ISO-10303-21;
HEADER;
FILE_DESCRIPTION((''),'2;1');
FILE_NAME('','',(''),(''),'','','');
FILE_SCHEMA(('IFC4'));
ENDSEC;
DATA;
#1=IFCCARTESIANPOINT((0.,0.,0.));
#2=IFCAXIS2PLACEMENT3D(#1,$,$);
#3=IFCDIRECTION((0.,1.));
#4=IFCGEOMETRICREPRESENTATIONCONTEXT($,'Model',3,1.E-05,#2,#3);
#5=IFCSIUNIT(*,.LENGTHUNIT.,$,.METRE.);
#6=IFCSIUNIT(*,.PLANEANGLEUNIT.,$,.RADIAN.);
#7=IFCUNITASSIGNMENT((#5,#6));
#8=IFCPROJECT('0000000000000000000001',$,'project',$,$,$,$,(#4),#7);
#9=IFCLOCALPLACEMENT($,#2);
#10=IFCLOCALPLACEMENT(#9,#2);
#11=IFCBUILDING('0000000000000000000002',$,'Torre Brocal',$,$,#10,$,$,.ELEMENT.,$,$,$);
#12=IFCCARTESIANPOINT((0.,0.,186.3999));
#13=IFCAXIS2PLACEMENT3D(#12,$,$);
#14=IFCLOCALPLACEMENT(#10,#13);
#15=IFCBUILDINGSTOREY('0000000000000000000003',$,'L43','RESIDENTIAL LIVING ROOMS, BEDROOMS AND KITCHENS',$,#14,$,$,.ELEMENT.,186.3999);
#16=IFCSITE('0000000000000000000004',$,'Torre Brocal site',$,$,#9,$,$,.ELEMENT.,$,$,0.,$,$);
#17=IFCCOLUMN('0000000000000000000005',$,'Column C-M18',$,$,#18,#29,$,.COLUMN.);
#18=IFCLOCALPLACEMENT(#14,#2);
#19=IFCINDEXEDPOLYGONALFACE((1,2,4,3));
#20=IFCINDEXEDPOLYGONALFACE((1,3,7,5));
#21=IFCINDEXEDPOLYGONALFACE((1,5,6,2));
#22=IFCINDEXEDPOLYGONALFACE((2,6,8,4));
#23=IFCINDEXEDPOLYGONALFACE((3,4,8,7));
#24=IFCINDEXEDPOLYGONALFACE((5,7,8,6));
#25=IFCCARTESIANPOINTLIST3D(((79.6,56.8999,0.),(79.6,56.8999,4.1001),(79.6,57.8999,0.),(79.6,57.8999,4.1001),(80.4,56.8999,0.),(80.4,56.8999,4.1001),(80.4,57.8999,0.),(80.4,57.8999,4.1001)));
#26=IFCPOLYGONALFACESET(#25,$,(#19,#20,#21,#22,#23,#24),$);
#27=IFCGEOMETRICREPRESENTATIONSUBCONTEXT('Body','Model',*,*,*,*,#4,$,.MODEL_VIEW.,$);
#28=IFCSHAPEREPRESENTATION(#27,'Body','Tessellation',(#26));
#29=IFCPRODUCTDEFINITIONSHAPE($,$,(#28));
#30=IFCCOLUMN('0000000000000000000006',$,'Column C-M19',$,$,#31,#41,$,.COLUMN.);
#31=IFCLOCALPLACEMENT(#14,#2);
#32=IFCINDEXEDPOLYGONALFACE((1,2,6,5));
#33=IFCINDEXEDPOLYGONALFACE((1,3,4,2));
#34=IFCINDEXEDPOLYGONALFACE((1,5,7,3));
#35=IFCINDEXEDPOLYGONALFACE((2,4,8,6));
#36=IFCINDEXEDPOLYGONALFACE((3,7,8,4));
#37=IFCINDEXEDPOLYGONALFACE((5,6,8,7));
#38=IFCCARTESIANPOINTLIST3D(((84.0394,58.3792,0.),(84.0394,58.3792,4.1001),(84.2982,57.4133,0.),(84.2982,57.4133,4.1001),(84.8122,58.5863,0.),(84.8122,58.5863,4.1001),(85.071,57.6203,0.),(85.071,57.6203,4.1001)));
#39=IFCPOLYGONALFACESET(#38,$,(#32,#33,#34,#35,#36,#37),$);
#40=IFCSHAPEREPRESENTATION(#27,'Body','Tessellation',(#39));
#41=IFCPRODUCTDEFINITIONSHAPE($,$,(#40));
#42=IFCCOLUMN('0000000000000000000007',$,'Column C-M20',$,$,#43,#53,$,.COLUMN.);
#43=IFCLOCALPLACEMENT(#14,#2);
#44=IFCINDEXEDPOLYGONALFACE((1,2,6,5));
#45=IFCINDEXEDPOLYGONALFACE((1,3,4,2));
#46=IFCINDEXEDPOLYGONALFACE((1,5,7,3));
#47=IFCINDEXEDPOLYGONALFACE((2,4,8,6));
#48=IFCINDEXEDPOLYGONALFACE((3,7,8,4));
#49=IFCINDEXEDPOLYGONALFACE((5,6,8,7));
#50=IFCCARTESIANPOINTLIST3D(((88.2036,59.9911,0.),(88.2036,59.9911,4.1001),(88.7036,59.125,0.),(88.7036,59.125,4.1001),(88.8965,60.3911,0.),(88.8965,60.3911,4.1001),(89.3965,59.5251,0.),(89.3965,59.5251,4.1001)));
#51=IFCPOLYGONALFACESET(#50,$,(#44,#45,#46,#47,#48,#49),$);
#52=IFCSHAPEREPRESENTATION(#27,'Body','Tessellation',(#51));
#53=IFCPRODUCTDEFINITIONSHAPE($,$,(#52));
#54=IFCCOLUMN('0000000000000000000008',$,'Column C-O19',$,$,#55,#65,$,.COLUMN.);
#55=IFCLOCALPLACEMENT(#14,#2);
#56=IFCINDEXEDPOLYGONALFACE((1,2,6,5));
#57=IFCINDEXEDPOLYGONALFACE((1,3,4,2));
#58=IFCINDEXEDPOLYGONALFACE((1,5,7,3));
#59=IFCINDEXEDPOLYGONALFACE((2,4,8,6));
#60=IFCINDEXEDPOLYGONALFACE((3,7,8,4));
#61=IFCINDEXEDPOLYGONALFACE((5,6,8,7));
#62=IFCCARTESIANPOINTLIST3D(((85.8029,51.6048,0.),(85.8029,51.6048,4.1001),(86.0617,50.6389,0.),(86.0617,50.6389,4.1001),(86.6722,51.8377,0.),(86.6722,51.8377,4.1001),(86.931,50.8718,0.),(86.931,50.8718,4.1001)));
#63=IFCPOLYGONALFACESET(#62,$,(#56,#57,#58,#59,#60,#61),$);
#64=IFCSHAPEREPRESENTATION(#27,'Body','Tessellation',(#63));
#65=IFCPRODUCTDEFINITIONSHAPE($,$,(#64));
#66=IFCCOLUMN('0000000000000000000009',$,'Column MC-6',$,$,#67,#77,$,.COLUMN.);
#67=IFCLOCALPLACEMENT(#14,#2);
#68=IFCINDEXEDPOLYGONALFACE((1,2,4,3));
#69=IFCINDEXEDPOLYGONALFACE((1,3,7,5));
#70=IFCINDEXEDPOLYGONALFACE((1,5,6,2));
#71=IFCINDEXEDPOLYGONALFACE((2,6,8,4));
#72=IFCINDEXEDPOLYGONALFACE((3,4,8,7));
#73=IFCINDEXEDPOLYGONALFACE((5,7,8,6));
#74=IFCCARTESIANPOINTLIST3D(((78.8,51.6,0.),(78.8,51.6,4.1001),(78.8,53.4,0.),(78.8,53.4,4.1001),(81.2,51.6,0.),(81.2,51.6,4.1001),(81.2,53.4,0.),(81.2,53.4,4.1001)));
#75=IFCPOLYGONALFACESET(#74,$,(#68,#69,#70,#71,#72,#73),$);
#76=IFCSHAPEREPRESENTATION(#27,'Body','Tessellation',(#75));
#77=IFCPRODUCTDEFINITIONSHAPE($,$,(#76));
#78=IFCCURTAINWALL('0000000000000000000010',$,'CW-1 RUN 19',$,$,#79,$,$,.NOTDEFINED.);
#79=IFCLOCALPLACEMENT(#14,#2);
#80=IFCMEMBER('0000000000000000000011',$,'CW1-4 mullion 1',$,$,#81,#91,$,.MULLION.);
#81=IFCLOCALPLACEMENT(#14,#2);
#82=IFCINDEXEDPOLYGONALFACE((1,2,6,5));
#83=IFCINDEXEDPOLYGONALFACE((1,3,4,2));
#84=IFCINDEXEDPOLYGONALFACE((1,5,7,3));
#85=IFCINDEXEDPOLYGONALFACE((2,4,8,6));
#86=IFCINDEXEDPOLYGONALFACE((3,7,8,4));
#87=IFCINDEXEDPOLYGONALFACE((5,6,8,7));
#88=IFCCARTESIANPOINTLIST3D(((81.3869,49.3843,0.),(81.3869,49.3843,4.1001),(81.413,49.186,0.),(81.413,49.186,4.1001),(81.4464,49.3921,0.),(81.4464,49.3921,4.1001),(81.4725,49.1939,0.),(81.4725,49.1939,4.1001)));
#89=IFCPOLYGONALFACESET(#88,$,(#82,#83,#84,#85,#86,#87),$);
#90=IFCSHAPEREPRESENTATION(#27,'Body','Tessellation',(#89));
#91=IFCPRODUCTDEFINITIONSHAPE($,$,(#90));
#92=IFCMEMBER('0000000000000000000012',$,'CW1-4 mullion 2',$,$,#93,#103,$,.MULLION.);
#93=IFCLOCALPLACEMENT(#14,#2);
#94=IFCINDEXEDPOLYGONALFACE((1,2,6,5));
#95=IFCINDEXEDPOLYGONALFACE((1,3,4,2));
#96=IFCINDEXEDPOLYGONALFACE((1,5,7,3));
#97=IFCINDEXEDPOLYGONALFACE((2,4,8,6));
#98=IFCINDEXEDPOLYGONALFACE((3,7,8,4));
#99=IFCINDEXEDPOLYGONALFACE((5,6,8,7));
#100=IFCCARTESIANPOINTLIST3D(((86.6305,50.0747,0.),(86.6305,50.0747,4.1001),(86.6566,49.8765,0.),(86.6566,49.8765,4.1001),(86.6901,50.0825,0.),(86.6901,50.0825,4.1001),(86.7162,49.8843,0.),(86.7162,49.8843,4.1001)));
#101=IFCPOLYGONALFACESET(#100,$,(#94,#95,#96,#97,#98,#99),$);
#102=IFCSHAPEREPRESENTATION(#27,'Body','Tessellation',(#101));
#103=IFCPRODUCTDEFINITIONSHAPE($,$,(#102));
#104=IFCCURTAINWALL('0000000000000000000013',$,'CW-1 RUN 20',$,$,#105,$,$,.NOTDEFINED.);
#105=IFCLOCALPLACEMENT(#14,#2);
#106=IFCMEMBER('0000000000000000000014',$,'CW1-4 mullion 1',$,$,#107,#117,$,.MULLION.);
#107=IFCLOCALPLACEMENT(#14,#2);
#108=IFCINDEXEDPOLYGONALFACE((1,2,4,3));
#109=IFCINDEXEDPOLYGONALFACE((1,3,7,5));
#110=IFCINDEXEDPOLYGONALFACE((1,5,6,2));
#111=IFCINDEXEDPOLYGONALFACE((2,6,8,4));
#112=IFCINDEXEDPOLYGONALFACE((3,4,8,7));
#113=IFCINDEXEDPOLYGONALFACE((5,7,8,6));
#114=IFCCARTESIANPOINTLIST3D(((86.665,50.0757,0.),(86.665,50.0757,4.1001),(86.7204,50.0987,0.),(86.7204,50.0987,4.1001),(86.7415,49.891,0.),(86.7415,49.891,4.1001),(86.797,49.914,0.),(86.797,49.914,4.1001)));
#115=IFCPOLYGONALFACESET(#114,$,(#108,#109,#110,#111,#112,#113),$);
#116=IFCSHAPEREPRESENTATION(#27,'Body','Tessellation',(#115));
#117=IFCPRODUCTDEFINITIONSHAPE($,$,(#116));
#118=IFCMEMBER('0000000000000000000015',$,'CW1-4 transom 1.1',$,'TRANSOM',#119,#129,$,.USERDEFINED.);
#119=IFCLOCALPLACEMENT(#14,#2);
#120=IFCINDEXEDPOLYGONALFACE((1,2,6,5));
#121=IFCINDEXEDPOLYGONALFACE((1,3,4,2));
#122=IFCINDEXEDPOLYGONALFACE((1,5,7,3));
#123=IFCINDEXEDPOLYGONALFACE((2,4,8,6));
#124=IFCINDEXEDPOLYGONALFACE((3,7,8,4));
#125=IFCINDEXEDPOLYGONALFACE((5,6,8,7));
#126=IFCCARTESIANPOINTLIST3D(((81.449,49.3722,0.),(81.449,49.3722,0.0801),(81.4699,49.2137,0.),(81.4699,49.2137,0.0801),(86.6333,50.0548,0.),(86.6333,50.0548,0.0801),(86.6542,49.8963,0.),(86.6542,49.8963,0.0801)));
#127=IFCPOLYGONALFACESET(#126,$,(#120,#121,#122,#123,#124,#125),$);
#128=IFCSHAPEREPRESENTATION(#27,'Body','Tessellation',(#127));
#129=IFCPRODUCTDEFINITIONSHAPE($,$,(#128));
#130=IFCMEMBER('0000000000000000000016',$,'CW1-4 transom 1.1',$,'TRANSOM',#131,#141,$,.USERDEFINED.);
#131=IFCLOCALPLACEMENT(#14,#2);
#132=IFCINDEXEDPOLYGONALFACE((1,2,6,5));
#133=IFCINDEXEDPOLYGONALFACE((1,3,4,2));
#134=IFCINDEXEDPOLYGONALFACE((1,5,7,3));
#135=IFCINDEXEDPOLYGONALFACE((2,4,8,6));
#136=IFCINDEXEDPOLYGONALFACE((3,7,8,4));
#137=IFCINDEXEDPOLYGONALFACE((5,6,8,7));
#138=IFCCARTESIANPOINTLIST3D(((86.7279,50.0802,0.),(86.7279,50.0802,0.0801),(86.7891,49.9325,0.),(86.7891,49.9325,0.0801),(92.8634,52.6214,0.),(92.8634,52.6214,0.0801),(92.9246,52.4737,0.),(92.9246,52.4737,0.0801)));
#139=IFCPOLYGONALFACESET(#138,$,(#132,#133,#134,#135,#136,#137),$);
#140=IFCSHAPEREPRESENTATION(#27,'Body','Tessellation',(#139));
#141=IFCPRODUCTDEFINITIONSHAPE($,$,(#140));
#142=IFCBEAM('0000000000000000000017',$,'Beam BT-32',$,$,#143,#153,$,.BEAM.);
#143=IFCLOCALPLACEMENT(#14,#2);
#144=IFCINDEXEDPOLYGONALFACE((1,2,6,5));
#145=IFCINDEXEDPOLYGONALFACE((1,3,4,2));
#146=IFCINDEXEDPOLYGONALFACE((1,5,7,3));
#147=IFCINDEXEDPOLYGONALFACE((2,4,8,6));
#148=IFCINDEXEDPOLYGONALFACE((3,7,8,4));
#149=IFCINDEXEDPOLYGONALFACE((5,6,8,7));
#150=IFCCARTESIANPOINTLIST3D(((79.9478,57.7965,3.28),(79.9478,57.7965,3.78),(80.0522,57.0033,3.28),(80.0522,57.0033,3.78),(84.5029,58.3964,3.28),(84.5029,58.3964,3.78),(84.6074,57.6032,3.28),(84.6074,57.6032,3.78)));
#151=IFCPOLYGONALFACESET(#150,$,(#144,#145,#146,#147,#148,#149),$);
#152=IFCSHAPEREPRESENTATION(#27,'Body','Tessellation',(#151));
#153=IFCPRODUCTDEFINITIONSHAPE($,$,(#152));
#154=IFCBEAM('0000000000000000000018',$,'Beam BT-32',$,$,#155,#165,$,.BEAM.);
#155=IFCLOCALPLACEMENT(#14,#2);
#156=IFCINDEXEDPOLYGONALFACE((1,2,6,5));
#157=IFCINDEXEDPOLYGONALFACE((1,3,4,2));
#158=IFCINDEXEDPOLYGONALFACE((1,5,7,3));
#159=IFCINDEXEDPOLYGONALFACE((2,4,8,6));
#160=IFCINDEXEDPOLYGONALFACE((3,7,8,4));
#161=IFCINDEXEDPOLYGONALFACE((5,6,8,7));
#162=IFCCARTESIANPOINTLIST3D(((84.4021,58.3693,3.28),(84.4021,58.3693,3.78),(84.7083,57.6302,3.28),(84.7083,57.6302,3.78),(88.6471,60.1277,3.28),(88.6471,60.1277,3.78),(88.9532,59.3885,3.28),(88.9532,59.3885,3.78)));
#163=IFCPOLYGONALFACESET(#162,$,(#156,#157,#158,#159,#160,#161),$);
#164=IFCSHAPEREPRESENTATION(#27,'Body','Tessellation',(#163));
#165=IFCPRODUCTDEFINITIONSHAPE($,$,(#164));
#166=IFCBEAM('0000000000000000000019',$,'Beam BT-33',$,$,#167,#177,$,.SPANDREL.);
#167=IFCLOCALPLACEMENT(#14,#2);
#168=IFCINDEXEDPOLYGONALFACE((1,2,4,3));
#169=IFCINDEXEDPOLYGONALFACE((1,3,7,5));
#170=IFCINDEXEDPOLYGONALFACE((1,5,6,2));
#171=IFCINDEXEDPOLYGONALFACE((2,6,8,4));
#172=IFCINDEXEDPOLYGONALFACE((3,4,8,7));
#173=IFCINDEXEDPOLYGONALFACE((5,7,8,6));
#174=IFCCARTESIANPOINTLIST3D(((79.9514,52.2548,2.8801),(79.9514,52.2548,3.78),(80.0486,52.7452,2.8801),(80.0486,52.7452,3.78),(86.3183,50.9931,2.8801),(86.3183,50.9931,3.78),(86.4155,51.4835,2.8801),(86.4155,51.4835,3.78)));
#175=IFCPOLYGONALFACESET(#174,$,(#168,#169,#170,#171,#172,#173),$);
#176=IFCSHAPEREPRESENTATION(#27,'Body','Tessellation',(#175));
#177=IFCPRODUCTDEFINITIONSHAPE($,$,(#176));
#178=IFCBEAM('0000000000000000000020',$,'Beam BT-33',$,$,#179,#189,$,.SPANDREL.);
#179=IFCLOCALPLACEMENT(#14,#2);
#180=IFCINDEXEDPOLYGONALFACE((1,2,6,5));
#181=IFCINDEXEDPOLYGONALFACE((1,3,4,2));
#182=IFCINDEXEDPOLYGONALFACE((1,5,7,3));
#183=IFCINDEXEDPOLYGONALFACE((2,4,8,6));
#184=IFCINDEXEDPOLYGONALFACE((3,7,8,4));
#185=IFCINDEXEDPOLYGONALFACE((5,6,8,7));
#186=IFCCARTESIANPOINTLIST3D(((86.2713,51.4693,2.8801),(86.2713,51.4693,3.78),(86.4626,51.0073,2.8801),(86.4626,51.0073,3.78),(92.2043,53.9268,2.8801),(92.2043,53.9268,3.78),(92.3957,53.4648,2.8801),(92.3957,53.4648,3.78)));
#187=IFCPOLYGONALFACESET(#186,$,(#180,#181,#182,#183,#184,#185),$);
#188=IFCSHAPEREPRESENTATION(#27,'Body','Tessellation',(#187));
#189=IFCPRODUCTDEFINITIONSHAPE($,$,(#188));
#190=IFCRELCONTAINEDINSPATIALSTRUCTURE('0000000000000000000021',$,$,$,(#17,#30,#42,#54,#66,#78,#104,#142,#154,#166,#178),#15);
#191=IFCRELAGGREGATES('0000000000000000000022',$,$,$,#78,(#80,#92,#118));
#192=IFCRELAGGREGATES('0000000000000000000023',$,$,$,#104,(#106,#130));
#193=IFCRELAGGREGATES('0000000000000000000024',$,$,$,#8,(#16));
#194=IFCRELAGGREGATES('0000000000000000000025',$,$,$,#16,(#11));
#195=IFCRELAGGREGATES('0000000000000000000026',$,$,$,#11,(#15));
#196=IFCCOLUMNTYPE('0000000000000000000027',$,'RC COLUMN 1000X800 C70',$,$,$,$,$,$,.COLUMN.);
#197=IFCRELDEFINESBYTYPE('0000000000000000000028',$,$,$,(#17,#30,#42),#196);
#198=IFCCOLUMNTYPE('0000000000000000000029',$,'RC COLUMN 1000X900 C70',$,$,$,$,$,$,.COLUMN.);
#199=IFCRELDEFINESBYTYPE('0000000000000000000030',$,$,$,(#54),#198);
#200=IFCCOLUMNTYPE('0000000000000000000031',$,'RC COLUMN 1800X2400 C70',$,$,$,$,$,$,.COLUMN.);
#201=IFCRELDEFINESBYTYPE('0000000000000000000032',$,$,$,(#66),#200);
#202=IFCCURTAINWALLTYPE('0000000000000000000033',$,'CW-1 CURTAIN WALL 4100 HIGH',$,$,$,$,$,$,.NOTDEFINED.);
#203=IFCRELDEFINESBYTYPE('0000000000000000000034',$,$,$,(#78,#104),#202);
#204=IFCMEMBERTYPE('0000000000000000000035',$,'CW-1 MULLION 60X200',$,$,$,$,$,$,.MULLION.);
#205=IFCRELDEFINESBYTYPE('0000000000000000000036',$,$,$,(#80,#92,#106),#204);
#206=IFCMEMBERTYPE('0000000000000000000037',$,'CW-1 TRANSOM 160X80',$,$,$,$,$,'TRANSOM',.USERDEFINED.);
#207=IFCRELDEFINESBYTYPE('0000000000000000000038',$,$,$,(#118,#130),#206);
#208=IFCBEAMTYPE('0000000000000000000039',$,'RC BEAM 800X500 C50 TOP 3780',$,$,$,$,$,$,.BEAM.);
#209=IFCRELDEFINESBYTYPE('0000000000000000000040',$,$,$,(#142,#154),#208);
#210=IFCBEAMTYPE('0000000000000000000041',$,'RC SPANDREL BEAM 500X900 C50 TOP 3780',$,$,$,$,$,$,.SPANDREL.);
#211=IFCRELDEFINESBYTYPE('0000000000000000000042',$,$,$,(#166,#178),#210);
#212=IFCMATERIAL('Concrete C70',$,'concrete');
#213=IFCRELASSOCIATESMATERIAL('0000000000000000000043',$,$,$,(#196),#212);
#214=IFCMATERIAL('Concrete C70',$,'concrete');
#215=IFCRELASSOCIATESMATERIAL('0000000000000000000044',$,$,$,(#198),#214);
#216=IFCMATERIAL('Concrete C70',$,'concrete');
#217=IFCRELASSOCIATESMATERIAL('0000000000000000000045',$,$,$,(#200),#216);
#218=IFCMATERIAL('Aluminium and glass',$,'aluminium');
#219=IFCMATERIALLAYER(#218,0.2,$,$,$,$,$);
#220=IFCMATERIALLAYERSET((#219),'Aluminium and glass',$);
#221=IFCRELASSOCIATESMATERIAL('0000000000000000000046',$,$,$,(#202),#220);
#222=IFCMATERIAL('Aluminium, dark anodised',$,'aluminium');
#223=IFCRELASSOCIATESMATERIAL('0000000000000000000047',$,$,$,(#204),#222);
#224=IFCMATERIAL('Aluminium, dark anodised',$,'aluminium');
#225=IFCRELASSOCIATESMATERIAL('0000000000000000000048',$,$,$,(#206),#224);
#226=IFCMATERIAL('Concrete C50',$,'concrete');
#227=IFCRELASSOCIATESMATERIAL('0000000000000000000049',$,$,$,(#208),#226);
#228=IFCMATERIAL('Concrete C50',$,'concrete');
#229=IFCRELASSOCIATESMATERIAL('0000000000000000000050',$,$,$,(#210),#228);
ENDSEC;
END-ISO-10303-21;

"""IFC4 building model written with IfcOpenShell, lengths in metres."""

from ifc_helpers import new_model, si_unit, direction, frame, origin, origin_2d, place, context, subcontext, project, spatial, rectangle, extrude, material, layer, layer_set, material_profile, profile_set, type_object, element, aggregate, save


model = new_model("IFC4")

# Units and contexts
model_context = context("Model", 3, precision=1e-05, world=origin(), true_north=direction((0.0, 1.0)))
body_context = subcontext(model_context, "Body", "Model", "MODEL_VIEW")
ifc_project = project(units=[si_unit("LENGTHUNIT", "METRE"), si_unit("PLANEANGLEUNIT", "RADIAN")], contexts=[model_context])

# Site, building, storey
site_placement = place(None, origin())
site = spatial("IfcSite", under=ifc_project, at=site_placement, Name="Torre Brocal site", CompositionType="ELEMENT", RefElevation=0.0)
building_placement = place(site_placement, origin())
building = spatial("IfcBuilding", under=site, at=building_placement, Name="Torre Brocal", CompositionType="ELEMENT")
storey_placement = place(building_placement, frame((0.0, 0.0, 186.3999)))
storey = spatial("IfcBuildingStorey", under=building, at=storey_placement, Name="L43", Description="RESIDENTIAL LIVING ROOMS, BEDROOMS AND KITCHENS", CompositionType="ELEMENT", Elevation=186.3999)

# Columns
ifc_material_1 = material(Name="Concrete C70", Category="concrete")
ifc_material_profile_1 = material_profile(ifc_material_1, rectangle(XDim=1.0, YDim=0.8, at=origin_2d()), Name="RC 1000X800")
ifc_profile_set_1 = profile_set([ifc_material_profile_1], Name="Concrete C70")
column_type_1 = type_object("IfcColumnType", Name="RC COLUMN 1000X800 C70", PredefinedType="COLUMN", material=ifc_profile_set_1)
for number, where, z_axis, x_axis, name in (
    (1, (80.0, 57.3999, 0.0), (0.0, 0.0, 1.0), (0.0, -1.0, 0.0), "Column C-M18"),
    (2, (84.5552, 57.9998, 0.0), (0.0, 0.0, 1.0), (0.258819, -0.965926, 0.0), "Column C-M19"),
    (3, (88.8, 59.7581, 0.0), (0.0, 0.0, 1.0), (0.5, -0.866025, 0.0), "Column C-M20"),
):
    element("IfcColumn", number, at=place(storey_placement, frame(where, z_axis=z_axis, x_axis=x_axis)), inside=storey, type_object=column_type_1, Name=name, PredefinedType="COLUMN", context=body_context, shape_type="SweptSolid", body=[
        extrude(rectangle(XDim=1.0, YDim=0.8, at=origin_2d()), origin(), (0.0, 0.0, 1.0), 4.1001),
    ])
ifc_material_2 = material(Name="Concrete C70", Category="concrete")
ifc_material_profile_2 = material_profile(ifc_material_2, rectangle(XDim=1.0, YDim=0.8999, at=origin_2d()), Name="RC 1000X900")
ifc_profile_set_2 = profile_set([ifc_material_profile_2], Name="Concrete C70")
column_type_2 = type_object("IfcColumnType", Name="RC COLUMN 1000X900 C70", PredefinedType="COLUMN", material=ifc_profile_set_2)
column_1_placement = place(storey_placement, frame((86.3669, 51.2383, 0.0), z_axis=(0.0, 0.0, 1.0), x_axis=(0.258819, -0.965926, 0.0)))
element("IfcColumn", 4, at=column_1_placement, inside=storey, type_object=column_type_2, Name="Column C-O19", PredefinedType="COLUMN", context=body_context, shape_type="SweptSolid", body=[
    extrude(rectangle(XDim=1.0, YDim=0.8999, at=origin_2d()), origin(), (0.0, 0.0, 1.0), 4.1001),
])
ifc_material_3 = material(Name="Concrete C70", Category="concrete")
ifc_material_profile_3 = material_profile(ifc_material_3, rectangle(XDim=1.8, YDim=2.3999, at=origin_2d()), Name="RC 1800X2400")
ifc_profile_set_3 = profile_set([ifc_material_profile_3], Name="Concrete C70")
column_type_3 = type_object("IfcColumnType", Name="RC COLUMN 1800X2400 C70", PredefinedType="COLUMN", material=ifc_profile_set_3)
column_2_placement = place(storey_placement, frame((80.0, 52.5, 0.0), z_axis=(0.0, 0.0, 1.0), x_axis=(0.0, -1.0, 0.0)))
element("IfcColumn", 5, at=column_2_placement, inside=storey, type_object=column_type_3, Name="Column MC-6", PredefinedType="COLUMN", context=body_context, shape_type="SweptSolid", body=[
    extrude(rectangle(XDim=1.8, YDim=2.3999, at=origin_2d()), origin(), (0.0, 0.0, 1.0), 4.1001),
])

# Curtain wall, members
ifc_material_4 = material(Name="Aluminium and glass", Category="aluminium")
ifc_layer_1 = layer(ifc_material_4, 0.2)
ifc_layer_set_1 = layer_set([ifc_layer_1], Name="Aluminium and glass")
curtain_wall_type = type_object("IfcCurtainWallType", Name="CW-1 CURTAIN WALL 4100 HIGH", PredefinedType="NOTDEFINED", material=ifc_layer_set_1)
curtain_wall_1_placement = place(storey_placement, origin())
curtain_wall_1 = element("IfcCurtainWall", 6, at=curtain_wall_1_placement, inside=storey, type_object=curtain_wall_type, Name="CW-1 RUN 19", PredefinedType="NOTDEFINED")
ifc_material_5 = material(Name="Aluminium, dark anodised", Category="aluminium")
ifc_material_profile_4 = material_profile(ifc_material_5, rectangle(XDim=0.2, YDim=0.0601, at=origin_2d()), Name="CW-1 MULLION 60X200")
ifc_profile_set_4 = profile_set([ifc_material_profile_4], Name="Aluminium, dark anodised")
member_type_1 = type_object("IfcMemberType", Name="CW-1 MULLION 60X200", PredefinedType="MULLION", material=ifc_profile_set_4)
member_1_placement = place(storey_placement, frame((81.4297, 49.2891, 0.0), z_axis=(0.0, 0.0, 1.0), x_axis=(-0.130526, 0.991445, 0.0)))
member_1 = element("IfcMember", 7, at=member_1_placement, type_object=member_type_1, Name="CW1-4 mullion 1", PredefinedType="MULLION", context=body_context, shape_type="SweptSolid", body=[
    extrude(rectangle(XDim=0.2, YDim=0.0601, at=origin_2d()), origin(), (0.0, 0.0, 1.0), 4.1001),
])
member_2_placement = place(storey_placement, frame((86.6733, 49.9795, 0.0), z_axis=(0.0, 0.0, 1.0), x_axis=(-0.130526, 0.991445, 0.0)))
member_2 = element("IfcMember", 8, at=member_2_placement, type_object=member_type_1, Name="CW1-4 mullion 2", PredefinedType="MULLION", context=body_context, shape_type="SweptSolid", body=[
    extrude(rectangle(XDim=0.2, YDim=0.0601, at=origin_2d()), origin(), (0.0, 0.0, 1.0), 4.1001),
])

# Curtain wall, member
curtain_wall_2_placement = place(storey_placement, origin())
curtain_wall_2 = element("IfcCurtainWall", 9, at=curtain_wall_2_placement, inside=storey, type_object=curtain_wall_type, Name="CW-1 RUN 20", PredefinedType="NOTDEFINED")
member_3_placement = place(storey_placement, frame((86.731, 49.9949, 0.0), z_axis=(0.0, 0.0, 1.0), x_axis=(-0.382683, 0.92388, 0.0)))
member_3 = element("IfcMember", 10, at=member_3_placement, type_object=member_type_1, Name="CW1-4 mullion 1", PredefinedType="MULLION", context=body_context, shape_type="SweptSolid", body=[
    extrude(rectangle(XDim=0.2, YDim=0.0601, at=origin_2d()), origin(), (0.0, 0.0, 1.0), 4.1001),
])

# Members
ifc_material_6 = material(Name="Aluminium, dark anodised", Category="aluminium")
ifc_material_profile_5 = material_profile(ifc_material_6, rectangle(XDim=0.1599, YDim=0.0801, at=origin_2d()), Name="CW-1 TRANSOM 160X80")
ifc_profile_set_5 = profile_set([ifc_material_profile_5], Name="Aluminium, dark anodised")
member_type_2 = type_object("IfcMemberType", Name="CW-1 TRANSOM 160X80", ElementType="TRANSOM", PredefinedType="USERDEFINED", material=ifc_profile_set_5)
member_4_placement = place(storey_placement, frame((81.4595, 49.293, 0.04), z_axis=(0.991443, 0.130543, 0.0), x_axis=(-0.130543, 0.991443, 0.0)))
member_4 = element("IfcMember", 11, at=member_4_placement, type_object=member_type_2, Name="CW1-4 transom 1.1", ObjectType="TRANSOM", PredefinedType="USERDEFINED", context=body_context, shape_type="SweptSolid", body=[
    extrude(rectangle(XDim=0.1599, YDim=0.0801, at=origin_2d()), origin(), (0.0, 0.0, 1.0), 5.229),
])
member_5_placement = place(storey_placement, frame((86.7585, 50.0063, 0.04), z_axis=(0.923887, 0.382665, 0.0), x_axis=(-0.382665, 0.923887, 0.0)))
member_5 = element("IfcMember", 12, at=member_5_placement, type_object=member_type_2, Name="CW1-4 transom 1.1", ObjectType="TRANSOM", PredefinedType="USERDEFINED", context=body_context, shape_type="SweptSolid", body=[
    extrude(rectangle(XDim=0.1599, YDim=0.0801, at=origin_2d()), origin(), (0.0, 0.0, 1.0), 6.6409),
])

# Beams
ifc_material_7 = material(Name="Concrete C50", Category="concrete")
ifc_material_profile_6 = material_profile(ifc_material_7, rectangle(XDim=0.8, YDim=0.5, at=origin_2d()), Name="RC 800X500")
ifc_profile_set_6 = profile_set([ifc_material_profile_6], Name="Concrete C50")
beam_type_1 = type_object("IfcBeamType", Name="RC BEAM 800X500 C50 TOP 3780", PredefinedType="BEAM", material=ifc_profile_set_6)
beam_1_placement = place(storey_placement, frame((80.0, 57.3999, 3.53), z_axis=(0.991441, 0.130559, 0.0), x_axis=(-0.130559, 0.991441, 0.0)))
element("IfcBeam", 13, at=beam_1_placement, inside=storey, type_object=beam_type_1, Name="Beam BT-32", PredefinedType="BEAM", context=body_context, shape_type="SweptSolid", body=[
    extrude(rectangle(XDim=0.8, YDim=0.5, at=origin_2d()), origin(), (0.0, 0.0, 1.0), 4.5945),
])
beam_2_placement = place(storey_placement, frame((84.5552, 57.9998, 3.53), z_axis=(0.923878, 0.382687, 0.0), x_axis=(-0.382687, 0.923878, 0.0)))
element("IfcBeam", 14, at=beam_2_placement, inside=storey, type_object=beam_type_1, Name="Beam BT-32", PredefinedType="BEAM", context=body_context, shape_type="SweptSolid", body=[
    extrude(rectangle(XDim=0.8, YDim=0.5, at=origin_2d()), origin(), (0.0, 0.0, 1.0), 4.5947),
])
ifc_material_8 = material(Name="Concrete C50", Category="concrete")
ifc_material_profile_7 = material_profile(ifc_material_8, rectangle(XDim=0.5, YDim=0.8999, at=origin_2d()), Name="RC 500X900")
ifc_profile_set_7 = profile_set([ifc_material_profile_7], Name="Concrete C50")
beam_type_2 = type_object("IfcBeamType", Name="RC SPANDREL BEAM 500X900 C50 TOP 3780", PredefinedType="SPANDREL", material=ifc_profile_set_7)
beam_3_placement = place(storey_placement, frame((80.0, 52.5, 3.3301), z_axis=(0.980925, -0.194387, 0.0), x_axis=(0.194387, 0.980925, 0.0)))
element("IfcBeam", 15, at=beam_3_placement, inside=storey, type_object=beam_type_2, Name="Beam BT-33", PredefinedType="SPANDREL", context=body_context, shape_type="SweptSolid", body=[
    extrude(rectangle(XDim=0.5, YDim=0.8999, at=origin_2d()), origin(), (0.0, 0.0, 1.0), 6.4907),
])
beam_4_placement = place(storey_placement, frame((86.3669, 51.2383, 3.3301), z_axis=(0.923882, 0.382676, 0.0), x_axis=(-0.382676, 0.923882, 0.0)))
element("IfcBeam", 16, at=beam_4_placement, inside=storey, type_object=beam_type_2, Name="Beam BT-33", PredefinedType="SPANDREL", context=body_context, shape_type="SweptSolid", body=[
    extrude(rectangle(XDim=0.5, YDim=0.8999, at=origin_2d()), origin(), (0.0, 0.0, 1.0), 6.4219),
])

aggregate(curtain_wall_1, [member_1, member_2, member_4])
aggregate(curtain_wall_2, [member_3, member_5])

save(model, "model.ifc")
